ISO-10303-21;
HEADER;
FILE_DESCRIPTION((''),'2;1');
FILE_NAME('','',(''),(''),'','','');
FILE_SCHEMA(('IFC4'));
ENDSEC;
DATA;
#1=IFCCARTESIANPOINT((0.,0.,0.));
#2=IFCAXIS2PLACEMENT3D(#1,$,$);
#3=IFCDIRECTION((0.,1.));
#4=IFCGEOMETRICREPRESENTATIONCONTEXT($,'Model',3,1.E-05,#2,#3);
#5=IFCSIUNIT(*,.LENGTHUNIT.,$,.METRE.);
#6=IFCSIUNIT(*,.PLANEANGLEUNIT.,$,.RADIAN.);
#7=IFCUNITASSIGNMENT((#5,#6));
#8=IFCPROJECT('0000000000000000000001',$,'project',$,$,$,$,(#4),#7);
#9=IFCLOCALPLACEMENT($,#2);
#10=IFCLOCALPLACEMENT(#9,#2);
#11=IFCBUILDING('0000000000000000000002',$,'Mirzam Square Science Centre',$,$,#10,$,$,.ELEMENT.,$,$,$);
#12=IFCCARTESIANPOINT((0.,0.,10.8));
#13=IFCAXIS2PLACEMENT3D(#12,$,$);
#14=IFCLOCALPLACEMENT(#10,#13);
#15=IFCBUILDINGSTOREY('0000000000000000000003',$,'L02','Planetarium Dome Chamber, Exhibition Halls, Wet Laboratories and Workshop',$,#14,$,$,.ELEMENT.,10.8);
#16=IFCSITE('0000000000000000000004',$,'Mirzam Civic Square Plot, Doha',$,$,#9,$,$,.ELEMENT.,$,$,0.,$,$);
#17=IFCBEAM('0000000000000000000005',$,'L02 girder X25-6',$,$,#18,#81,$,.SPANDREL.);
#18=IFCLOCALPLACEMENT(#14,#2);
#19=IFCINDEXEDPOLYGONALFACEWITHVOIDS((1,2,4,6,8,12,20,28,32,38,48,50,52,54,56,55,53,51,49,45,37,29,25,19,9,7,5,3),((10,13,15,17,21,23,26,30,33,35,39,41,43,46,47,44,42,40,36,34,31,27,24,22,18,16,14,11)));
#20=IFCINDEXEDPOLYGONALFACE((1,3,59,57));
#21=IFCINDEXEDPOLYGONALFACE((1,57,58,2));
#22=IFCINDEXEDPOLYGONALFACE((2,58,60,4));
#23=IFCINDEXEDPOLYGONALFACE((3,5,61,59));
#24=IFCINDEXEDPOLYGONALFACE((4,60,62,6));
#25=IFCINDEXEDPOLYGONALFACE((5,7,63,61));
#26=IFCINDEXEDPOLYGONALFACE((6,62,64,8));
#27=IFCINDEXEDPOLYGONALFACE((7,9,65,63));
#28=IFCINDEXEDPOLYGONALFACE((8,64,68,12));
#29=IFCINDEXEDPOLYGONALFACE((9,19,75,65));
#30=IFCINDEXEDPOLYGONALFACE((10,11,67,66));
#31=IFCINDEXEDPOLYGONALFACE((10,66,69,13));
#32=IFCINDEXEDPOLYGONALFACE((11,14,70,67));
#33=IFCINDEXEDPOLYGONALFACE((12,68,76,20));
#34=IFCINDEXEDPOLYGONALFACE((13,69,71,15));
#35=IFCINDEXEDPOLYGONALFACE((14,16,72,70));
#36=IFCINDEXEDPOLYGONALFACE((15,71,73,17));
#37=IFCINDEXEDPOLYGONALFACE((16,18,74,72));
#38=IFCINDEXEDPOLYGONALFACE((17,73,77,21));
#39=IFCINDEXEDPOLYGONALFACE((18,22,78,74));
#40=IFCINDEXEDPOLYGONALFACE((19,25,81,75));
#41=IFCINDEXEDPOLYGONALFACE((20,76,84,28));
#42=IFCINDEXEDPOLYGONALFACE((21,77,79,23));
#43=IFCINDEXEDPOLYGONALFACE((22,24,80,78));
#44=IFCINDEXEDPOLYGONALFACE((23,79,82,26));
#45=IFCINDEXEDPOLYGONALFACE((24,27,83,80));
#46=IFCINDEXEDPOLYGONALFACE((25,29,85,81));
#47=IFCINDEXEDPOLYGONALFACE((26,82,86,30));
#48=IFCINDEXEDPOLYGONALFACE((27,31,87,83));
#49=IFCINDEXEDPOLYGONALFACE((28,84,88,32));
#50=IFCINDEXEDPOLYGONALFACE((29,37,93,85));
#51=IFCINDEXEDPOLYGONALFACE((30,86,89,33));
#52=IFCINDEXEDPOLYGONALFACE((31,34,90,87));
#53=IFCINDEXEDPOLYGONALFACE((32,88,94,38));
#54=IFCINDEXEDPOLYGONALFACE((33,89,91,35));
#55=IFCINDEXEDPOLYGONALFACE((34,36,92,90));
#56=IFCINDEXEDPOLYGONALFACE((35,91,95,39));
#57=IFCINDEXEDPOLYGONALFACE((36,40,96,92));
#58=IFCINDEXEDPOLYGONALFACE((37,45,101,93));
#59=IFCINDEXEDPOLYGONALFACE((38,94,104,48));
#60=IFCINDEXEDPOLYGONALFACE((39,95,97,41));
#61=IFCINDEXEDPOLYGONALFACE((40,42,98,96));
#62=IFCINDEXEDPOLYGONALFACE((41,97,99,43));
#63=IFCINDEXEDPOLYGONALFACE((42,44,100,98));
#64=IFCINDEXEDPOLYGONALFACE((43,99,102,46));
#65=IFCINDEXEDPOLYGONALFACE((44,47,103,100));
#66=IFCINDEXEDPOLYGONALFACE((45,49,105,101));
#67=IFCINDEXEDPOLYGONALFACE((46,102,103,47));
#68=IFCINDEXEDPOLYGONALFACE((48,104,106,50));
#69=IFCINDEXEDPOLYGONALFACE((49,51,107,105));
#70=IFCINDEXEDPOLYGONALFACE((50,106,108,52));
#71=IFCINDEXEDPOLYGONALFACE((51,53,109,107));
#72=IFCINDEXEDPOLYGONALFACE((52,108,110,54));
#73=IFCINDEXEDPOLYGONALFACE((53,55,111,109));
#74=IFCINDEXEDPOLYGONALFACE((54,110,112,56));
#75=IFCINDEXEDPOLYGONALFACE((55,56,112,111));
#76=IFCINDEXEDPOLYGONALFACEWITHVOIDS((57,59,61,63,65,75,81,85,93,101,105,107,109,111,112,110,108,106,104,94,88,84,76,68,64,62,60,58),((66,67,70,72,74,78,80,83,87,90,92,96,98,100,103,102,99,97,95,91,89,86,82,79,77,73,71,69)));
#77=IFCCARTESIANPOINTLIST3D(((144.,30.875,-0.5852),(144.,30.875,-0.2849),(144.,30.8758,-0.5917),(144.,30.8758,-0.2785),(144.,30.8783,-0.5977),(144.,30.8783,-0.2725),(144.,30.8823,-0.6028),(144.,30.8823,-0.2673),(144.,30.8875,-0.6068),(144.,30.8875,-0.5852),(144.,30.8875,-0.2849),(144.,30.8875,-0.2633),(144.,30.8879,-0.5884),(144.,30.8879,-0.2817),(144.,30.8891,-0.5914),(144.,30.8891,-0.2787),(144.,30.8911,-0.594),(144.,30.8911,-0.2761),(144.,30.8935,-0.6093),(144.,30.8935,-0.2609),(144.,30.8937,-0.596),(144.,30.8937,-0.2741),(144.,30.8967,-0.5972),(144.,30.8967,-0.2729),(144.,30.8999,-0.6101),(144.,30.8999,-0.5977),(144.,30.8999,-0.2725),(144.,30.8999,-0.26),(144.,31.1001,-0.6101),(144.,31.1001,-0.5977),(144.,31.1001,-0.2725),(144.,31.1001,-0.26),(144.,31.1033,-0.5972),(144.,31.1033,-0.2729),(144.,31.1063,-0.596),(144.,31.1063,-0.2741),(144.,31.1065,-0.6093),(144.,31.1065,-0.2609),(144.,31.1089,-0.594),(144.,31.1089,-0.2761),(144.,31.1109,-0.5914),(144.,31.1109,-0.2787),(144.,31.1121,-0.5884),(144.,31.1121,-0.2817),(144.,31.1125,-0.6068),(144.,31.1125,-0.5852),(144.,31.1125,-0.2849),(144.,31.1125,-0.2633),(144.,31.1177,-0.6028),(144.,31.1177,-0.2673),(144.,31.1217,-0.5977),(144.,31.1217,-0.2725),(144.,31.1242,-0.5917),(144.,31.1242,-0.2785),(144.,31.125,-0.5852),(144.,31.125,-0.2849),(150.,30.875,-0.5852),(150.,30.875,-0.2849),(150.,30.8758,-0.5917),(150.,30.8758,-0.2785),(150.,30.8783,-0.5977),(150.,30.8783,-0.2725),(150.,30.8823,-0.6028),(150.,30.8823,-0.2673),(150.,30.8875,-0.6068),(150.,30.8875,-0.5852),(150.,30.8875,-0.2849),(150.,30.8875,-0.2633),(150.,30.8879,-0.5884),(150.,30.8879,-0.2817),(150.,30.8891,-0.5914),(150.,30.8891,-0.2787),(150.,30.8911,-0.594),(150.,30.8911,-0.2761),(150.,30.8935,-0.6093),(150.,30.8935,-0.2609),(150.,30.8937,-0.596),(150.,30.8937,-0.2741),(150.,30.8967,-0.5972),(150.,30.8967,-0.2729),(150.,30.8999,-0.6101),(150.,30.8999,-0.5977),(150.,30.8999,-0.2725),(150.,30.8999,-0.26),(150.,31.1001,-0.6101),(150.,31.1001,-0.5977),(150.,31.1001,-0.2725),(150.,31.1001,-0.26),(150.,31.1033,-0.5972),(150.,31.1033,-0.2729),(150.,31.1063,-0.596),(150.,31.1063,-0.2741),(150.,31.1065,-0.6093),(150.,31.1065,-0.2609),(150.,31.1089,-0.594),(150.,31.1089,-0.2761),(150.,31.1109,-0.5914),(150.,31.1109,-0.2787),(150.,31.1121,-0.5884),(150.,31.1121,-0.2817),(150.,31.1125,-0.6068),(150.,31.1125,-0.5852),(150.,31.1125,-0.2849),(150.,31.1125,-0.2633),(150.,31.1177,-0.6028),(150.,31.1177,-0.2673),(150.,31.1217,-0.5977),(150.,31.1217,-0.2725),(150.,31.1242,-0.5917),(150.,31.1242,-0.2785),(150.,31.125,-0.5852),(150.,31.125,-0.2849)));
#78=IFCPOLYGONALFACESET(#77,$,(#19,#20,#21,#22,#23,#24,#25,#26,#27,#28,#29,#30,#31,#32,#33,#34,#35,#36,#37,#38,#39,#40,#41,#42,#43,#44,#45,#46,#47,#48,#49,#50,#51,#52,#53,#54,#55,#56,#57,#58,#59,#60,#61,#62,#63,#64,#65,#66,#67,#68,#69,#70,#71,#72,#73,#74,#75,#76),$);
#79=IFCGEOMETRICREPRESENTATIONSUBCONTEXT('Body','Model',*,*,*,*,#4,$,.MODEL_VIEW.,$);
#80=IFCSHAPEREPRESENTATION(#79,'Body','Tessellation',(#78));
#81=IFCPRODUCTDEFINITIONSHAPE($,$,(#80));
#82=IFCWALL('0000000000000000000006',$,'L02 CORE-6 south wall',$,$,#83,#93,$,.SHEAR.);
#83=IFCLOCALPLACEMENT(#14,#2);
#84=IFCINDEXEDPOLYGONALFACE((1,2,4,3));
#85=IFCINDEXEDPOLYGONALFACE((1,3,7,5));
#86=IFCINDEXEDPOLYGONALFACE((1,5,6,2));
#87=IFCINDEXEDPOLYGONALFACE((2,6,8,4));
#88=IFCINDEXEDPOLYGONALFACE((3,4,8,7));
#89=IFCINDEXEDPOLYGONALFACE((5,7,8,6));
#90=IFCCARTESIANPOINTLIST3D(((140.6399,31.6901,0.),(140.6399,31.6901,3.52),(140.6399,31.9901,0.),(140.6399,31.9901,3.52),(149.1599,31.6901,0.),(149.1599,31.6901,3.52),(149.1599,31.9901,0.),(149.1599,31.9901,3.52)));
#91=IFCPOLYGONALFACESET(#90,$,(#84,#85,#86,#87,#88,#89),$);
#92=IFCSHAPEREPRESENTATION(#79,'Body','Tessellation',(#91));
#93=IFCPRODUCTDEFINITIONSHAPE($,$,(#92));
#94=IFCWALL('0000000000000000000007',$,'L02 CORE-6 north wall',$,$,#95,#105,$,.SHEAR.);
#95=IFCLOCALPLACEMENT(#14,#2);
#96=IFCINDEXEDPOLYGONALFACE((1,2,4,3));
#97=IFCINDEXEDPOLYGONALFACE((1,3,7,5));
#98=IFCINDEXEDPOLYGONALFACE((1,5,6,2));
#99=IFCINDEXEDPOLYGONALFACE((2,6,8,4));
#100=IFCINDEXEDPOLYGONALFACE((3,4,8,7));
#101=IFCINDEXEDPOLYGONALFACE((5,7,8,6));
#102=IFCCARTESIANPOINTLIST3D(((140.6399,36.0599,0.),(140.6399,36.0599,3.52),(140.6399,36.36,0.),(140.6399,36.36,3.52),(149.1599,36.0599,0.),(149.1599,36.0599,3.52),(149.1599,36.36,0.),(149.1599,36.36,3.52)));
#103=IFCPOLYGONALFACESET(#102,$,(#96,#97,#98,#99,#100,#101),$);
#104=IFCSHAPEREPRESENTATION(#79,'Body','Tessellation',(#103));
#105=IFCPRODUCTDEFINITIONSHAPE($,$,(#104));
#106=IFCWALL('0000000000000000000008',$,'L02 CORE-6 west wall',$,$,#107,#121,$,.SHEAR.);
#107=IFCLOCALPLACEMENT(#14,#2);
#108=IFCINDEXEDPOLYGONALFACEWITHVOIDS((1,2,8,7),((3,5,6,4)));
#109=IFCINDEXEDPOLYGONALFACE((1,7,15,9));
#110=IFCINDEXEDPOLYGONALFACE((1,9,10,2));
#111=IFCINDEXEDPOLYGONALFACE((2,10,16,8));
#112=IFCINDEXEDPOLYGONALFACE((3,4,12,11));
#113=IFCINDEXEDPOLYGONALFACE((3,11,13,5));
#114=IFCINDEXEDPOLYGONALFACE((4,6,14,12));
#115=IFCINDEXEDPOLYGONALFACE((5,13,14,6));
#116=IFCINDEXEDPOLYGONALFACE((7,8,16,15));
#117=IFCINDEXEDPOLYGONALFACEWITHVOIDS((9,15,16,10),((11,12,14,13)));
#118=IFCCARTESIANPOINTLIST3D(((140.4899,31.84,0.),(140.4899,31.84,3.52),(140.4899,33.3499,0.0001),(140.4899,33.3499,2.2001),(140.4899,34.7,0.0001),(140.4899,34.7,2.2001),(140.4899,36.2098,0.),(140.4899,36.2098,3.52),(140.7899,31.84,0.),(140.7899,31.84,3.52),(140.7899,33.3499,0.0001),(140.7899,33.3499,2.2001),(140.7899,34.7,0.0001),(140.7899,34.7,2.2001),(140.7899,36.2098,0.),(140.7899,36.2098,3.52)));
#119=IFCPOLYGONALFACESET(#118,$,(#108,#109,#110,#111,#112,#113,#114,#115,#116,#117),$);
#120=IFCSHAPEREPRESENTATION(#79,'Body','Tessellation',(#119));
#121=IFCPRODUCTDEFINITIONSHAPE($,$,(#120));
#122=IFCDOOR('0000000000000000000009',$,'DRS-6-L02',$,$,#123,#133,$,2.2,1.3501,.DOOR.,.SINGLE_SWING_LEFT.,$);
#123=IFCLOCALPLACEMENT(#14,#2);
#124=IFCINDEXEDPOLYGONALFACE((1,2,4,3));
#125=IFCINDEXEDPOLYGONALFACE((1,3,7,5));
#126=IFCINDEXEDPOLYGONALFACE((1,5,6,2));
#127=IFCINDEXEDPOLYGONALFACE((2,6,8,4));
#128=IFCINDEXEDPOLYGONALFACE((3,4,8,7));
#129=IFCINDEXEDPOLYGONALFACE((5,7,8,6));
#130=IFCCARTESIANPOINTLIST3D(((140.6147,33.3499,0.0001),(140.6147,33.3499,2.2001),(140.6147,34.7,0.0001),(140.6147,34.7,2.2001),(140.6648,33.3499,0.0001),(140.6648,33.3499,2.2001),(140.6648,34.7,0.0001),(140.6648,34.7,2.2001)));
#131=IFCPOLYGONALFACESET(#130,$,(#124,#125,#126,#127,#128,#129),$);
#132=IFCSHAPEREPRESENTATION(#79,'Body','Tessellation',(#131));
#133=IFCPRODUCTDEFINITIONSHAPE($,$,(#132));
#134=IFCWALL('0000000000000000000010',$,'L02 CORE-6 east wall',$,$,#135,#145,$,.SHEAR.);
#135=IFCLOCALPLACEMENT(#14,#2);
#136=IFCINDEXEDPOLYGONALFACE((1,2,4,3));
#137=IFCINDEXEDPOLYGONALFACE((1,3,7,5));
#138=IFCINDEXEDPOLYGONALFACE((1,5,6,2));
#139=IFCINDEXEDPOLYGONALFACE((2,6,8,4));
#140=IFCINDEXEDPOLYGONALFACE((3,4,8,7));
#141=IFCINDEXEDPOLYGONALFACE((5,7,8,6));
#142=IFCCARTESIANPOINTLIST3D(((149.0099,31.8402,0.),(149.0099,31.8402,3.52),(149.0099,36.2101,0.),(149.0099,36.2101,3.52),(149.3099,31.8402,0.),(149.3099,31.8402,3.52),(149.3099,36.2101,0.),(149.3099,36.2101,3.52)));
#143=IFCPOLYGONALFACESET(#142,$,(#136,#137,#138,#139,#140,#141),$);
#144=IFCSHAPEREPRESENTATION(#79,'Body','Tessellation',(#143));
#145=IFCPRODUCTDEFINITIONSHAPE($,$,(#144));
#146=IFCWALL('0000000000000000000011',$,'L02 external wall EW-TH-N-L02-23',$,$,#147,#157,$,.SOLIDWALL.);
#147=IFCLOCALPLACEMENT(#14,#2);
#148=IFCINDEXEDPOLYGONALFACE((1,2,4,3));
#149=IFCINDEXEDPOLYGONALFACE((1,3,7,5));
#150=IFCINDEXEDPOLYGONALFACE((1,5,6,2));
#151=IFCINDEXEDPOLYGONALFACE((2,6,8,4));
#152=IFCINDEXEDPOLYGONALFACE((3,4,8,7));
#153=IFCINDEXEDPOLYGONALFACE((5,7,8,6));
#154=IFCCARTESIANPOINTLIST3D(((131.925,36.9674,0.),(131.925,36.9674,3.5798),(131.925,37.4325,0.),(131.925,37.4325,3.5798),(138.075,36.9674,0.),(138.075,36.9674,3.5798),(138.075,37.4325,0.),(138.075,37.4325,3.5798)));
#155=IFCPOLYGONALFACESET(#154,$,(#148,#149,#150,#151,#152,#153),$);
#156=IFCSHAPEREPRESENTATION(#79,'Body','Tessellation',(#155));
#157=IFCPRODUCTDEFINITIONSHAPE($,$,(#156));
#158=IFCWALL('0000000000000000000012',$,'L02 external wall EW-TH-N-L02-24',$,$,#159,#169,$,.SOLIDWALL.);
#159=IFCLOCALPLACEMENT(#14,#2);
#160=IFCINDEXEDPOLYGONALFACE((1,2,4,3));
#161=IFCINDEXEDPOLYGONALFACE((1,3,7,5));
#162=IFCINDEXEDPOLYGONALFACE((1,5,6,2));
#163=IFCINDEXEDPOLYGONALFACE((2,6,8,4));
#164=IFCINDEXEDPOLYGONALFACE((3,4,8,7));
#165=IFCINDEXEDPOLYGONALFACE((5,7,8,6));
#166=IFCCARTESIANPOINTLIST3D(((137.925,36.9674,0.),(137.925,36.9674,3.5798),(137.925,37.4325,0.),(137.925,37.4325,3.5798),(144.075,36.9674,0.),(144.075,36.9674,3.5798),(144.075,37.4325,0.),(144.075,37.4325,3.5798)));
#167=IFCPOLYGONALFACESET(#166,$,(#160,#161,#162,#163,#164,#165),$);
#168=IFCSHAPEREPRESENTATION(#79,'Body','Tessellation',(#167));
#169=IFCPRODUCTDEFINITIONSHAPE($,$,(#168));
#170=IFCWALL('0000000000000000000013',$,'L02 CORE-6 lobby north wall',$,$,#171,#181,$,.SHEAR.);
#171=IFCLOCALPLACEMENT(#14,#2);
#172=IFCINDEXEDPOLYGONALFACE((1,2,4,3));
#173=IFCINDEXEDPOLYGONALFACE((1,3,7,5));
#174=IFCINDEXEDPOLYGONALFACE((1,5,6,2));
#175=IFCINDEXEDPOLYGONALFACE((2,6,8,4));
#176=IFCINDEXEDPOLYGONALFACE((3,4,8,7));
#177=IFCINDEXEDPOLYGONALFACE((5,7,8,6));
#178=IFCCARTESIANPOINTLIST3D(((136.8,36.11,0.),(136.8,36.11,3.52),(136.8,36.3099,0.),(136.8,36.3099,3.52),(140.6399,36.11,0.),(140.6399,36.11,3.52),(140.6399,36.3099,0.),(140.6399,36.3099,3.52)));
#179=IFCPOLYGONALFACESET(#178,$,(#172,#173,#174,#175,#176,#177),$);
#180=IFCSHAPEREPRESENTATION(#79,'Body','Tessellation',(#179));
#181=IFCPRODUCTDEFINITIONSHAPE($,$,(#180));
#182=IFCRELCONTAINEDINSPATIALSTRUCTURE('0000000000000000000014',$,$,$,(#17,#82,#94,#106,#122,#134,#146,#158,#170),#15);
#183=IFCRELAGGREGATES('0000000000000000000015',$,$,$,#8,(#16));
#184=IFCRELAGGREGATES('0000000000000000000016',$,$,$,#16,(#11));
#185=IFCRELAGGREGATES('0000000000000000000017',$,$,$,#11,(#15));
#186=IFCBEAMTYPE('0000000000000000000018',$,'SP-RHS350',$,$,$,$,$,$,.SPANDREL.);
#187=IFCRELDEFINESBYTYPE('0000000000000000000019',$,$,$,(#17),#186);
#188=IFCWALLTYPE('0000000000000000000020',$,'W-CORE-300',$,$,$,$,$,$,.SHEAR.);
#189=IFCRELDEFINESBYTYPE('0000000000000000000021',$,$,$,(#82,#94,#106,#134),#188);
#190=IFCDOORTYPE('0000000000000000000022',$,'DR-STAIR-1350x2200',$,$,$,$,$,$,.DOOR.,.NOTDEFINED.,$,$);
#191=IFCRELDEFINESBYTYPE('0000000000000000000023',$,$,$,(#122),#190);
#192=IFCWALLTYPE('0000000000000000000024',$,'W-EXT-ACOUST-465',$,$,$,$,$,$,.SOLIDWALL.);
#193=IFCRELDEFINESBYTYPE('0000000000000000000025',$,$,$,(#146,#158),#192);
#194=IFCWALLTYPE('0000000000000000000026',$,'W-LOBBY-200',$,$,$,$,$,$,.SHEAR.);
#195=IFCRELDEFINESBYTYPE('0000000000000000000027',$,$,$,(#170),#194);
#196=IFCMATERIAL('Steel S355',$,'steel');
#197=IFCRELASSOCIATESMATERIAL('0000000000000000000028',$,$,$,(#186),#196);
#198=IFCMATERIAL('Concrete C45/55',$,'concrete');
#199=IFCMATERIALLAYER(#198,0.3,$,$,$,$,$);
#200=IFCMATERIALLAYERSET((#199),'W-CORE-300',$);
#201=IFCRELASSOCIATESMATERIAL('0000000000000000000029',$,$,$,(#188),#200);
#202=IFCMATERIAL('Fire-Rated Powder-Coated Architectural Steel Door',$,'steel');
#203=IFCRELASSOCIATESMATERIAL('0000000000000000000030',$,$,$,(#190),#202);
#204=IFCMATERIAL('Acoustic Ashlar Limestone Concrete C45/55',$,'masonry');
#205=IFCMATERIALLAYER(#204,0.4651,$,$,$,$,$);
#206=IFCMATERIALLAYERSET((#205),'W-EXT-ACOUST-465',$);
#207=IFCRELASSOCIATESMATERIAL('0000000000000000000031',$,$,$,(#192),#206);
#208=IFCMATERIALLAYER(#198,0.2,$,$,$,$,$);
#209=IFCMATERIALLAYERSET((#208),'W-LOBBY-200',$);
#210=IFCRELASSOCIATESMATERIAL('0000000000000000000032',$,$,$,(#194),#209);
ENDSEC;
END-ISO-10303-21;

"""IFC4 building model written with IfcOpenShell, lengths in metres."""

from ifc_helpers import new_model, si_unit, direction, frame, frame_2d, origin, origin_2d, place, context, subcontext, project, spatial, rectangle, hollow_rectangle, extrude, material, layer, layer_set, material_profile, profile_set, type_object, element, fill, save


model = new_model("IFC4")

# Units and contexts
model_context = context("Model", 3, precision=1e-05, world=origin(), true_north=direction((0.0, 1.0)))
body_context = subcontext(model_context, "Body", "Model", "MODEL_VIEW")
ifc_project = project(units=[si_unit("LENGTHUNIT", "METRE"), si_unit("PLANEANGLEUNIT", "RADIAN")], contexts=[model_context])

# Site, building, storey
site_placement = place(None, origin())
site = spatial("IfcSite", under=ifc_project, at=site_placement, Name="Mirzam Civic Square Plot, Doha", CompositionType="ELEMENT", RefElevation=0.0)
building_placement = place(site_placement, origin())
building = spatial("IfcBuilding", under=site, at=building_placement, Name="Mirzam Square Science Centre", CompositionType="ELEMENT")
storey_placement = place(building_placement, frame((0.0, 0.0, 10.8)))
storey = spatial("IfcBuildingStorey", under=building, at=storey_placement, Name="L02", Description="Planetarium Dome Chamber, Exhibition Halls, Wet Laboratories and Workshop", CompositionType="ELEMENT", Elevation=10.8)

# Shared definitions
ifc_material_1 = material(Name="Steel S355", Category="steel")

# Beam
ifc_material_profile_1 = material_profile(ifc_material_1, hollow_rectangle(XDim=0.25, YDim=0.3501, WallThickness=0.0125, InnerFilletRadius=0.0125, OuterFilletRadius=0.0249, at=origin_2d()), Name="350x250x12.5RHS")
ifc_profile_set_1 = profile_set([ifc_material_profile_1], Name="Steel S355")
beam_type_1 = type_object("IfcBeamType", Name="SP-RHS350", PredefinedType="SPANDREL", material=ifc_profile_set_1)
for number, where, z_axis, x_axis, name in (
    (1, (144.0, 31.0, -0.4351), (1.0, 0.0, 0.0), (0.0, 1.0, 0.0), "L02 girder X25-6"),
):
    element("IfcBeam", number, at=place(storey_placement, frame(where, z_axis=z_axis, x_axis=x_axis)), inside=storey, type_object=beam_type_1, Name=name, PredefinedType="SPANDREL", context=body_context, shape_type="SweptSolid", body=[
        extrude(hollow_rectangle(XDim=0.25, YDim=0.3501, WallThickness=0.0125, InnerFilletRadius=0.0125, OuterFilletRadius=0.0249, at=origin_2d()), origin(), (0.0, 0.0, 1.0), 6.0),
    ])

# Walls
ifc_material_2 = material(Name="Concrete C45/55", Category="concrete")
ifc_layer_1 = layer(ifc_material_2, 0.3)
ifc_layer_set_1 = layer_set([ifc_layer_1], Name="W-CORE-300")
wall_type_1 = type_object("IfcWallType", Name="W-CORE-300", PredefinedType="SHEAR", material=ifc_layer_set_1)
for number, where, z_axis, x_axis, name in (
    (2, (140.6399, 31.8401, 0.0), (0.0, 0.0, 1.0), (1.0, 0.0, 0.0), "L02 CORE-6 south wall"),
    (3, (149.1599, 36.21, 0.0), (0.0, 0.0, 1.0), (-1.0, 0.0, 0.0), "L02 CORE-6 north wall"),
):
    element("IfcWall", number, at=place(storey_placement, frame(where, z_axis=z_axis, x_axis=x_axis)), inside=storey, type_object=wall_type_1, Name=name, PredefinedType="SHEAR", context=body_context, shape_type="SweptSolid", body=[
        extrude(rectangle(XDim=8.52, YDim=0.3, at=frame_2d((4.26, 0.0))), origin(), (0.0, 0.0, 1.0), 3.52),
    ])

# Wall, opening, door
wall_1_placement = place(storey_placement, frame((140.6399, 36.21, 0.0), z_axis=(0.0, 0.0, 1.0), x_axis=(0.0, -1.0, 0.0)))
wall_1 = element("IfcWall", 4, at=wall_1_placement, inside=storey, type_object=wall_type_1, Name="L02 CORE-6 west wall", PredefinedType="SHEAR", context=body_context, shape_type="SweptSolid", body=[
    extrude(rectangle(XDim=4.3699, YDim=0.3, at=frame_2d((2.1851, 0.0))), origin(), (0.0, 0.0, 1.0), 3.52),
])
opening_placement = place(wall_1_placement, frame((1.51, 0.0, 0.0)))
opening = element("IfcOpeningElement", 5, at=opening_placement, cuts=wall_1, PredefinedType="OPENING", context=body_context, shape_type="SweptSolid", body=[
    extrude(rectangle(XDim=1.3501, YDim=2.2, at=frame_2d((0.675, 1.1001))), frame((0.0, 0.1599, 0.0), z_axis=(0.0, -1.0, 0.0), x_axis=(1.0, 0.0, 0.0)), (0.0, 0.0, 1.0), 0.3201),
])
ifc_material_3 = material(Name="Fire-Rated Powder-Coated Architectural Steel Door", Category="steel")
door_type = type_object("IfcDoorType", Name="DR-STAIR-1350x2200", OperationType="NOTDEFINED", PredefinedType="DOOR", material=ifc_material_3)
door_placement = place(opening_placement, origin())
door = element("IfcDoor", 6, at=door_placement, inside=storey, type_object=door_type, Name="DRS-6-L02", OperationType="SINGLE_SWING_LEFT", OverallHeight=2.2, OverallWidth=1.3501, PredefinedType="DOOR", context=body_context, shape_type="SweptSolid", body=[
    extrude(rectangle(XDim=1.3501, YDim=2.2, at=frame_2d((0.675, 1.1001))), frame((0.0, 0.0249, 0.0), z_axis=(0.0, -1.0, 0.0), x_axis=(1.0, 0.0, 0.0)), (0.0, 0.0, 1.0), 0.05),
])
fill(opening, door)

# Walls
wall_2_placement = place(storey_placement, frame((149.1599, 31.8401, 0.0), z_axis=(0.0, 0.0, 1.0), x_axis=(0.0, 1.0, 0.0)))
element("IfcWall", 7, at=wall_2_placement, inside=storey, type_object=wall_type_1, Name="L02 CORE-6 east wall", PredefinedType="SHEAR", context=body_context, shape_type="SweptSolid", body=[
    extrude(rectangle(XDim=4.3699, YDim=0.3, at=frame_2d((2.1851, 0.0))), origin(), (0.0, 0.0, 1.0), 3.52),
])
ifc_material_4 = material(Name="Acoustic Ashlar Limestone Concrete C45/55", Category="masonry")
ifc_layer_2 = layer(ifc_material_4, 0.4651)
ifc_layer_set_2 = layer_set([ifc_layer_2], Name="W-EXT-ACOUST-465")
wall_type_2 = type_object("IfcWallType", Name="W-EXT-ACOUST-465", PredefinedType="SOLIDWALL", material=ifc_layer_set_2)
for number, where, z_axis, x_axis, name in (
    (8, (138.075, 37.2, 0.0), (0.0, 0.0, 1.0), (-1.0, 0.0, 0.0), "L02 external wall EW-TH-N-L02-23"),
    (9, (144.075, 37.2, 0.0), (0.0, 0.0, 1.0), (-1.0, 0.0, 0.0), "L02 external wall EW-TH-N-L02-24"),
):
    element("IfcWall", number, at=place(storey_placement, frame(where, z_axis=z_axis, x_axis=x_axis)), inside=storey, type_object=wall_type_2, Name=name, PredefinedType="SOLIDWALL", context=body_context, shape_type="SweptSolid", body=[
        extrude(rectangle(XDim=6.1499, YDim=0.4651, at=frame_2d((3.075, 0.0))), origin(), (0.0, 0.0, 1.0), 3.5798),
    ])
ifc_layer_3 = layer(ifc_material_2, 0.2)
ifc_layer_set_3 = layer_set([ifc_layer_3], Name="W-LOBBY-200")
wall_type_3 = type_object("IfcWallType", Name="W-LOBBY-200", PredefinedType="SHEAR", material=ifc_layer_set_3)
wall_3_placement = place(storey_placement, frame((140.6399, 36.21, 0.0), z_axis=(0.0, 0.0, 1.0), x_axis=(-1.0, 0.0, 0.0)))
element("IfcWall", 10, at=wall_3_placement, inside=storey, type_object=wall_type_3, Name="L02 CORE-6 lobby north wall", PredefinedType="SHEAR", context=body_context, shape_type="SweptSolid", body=[
    extrude(rectangle(XDim=3.8398, YDim=0.2, at=frame_2d((1.9199, 0.0))), origin(), (0.0, 0.0, 1.0), 3.52),
])

save(model, "model.ifc")
